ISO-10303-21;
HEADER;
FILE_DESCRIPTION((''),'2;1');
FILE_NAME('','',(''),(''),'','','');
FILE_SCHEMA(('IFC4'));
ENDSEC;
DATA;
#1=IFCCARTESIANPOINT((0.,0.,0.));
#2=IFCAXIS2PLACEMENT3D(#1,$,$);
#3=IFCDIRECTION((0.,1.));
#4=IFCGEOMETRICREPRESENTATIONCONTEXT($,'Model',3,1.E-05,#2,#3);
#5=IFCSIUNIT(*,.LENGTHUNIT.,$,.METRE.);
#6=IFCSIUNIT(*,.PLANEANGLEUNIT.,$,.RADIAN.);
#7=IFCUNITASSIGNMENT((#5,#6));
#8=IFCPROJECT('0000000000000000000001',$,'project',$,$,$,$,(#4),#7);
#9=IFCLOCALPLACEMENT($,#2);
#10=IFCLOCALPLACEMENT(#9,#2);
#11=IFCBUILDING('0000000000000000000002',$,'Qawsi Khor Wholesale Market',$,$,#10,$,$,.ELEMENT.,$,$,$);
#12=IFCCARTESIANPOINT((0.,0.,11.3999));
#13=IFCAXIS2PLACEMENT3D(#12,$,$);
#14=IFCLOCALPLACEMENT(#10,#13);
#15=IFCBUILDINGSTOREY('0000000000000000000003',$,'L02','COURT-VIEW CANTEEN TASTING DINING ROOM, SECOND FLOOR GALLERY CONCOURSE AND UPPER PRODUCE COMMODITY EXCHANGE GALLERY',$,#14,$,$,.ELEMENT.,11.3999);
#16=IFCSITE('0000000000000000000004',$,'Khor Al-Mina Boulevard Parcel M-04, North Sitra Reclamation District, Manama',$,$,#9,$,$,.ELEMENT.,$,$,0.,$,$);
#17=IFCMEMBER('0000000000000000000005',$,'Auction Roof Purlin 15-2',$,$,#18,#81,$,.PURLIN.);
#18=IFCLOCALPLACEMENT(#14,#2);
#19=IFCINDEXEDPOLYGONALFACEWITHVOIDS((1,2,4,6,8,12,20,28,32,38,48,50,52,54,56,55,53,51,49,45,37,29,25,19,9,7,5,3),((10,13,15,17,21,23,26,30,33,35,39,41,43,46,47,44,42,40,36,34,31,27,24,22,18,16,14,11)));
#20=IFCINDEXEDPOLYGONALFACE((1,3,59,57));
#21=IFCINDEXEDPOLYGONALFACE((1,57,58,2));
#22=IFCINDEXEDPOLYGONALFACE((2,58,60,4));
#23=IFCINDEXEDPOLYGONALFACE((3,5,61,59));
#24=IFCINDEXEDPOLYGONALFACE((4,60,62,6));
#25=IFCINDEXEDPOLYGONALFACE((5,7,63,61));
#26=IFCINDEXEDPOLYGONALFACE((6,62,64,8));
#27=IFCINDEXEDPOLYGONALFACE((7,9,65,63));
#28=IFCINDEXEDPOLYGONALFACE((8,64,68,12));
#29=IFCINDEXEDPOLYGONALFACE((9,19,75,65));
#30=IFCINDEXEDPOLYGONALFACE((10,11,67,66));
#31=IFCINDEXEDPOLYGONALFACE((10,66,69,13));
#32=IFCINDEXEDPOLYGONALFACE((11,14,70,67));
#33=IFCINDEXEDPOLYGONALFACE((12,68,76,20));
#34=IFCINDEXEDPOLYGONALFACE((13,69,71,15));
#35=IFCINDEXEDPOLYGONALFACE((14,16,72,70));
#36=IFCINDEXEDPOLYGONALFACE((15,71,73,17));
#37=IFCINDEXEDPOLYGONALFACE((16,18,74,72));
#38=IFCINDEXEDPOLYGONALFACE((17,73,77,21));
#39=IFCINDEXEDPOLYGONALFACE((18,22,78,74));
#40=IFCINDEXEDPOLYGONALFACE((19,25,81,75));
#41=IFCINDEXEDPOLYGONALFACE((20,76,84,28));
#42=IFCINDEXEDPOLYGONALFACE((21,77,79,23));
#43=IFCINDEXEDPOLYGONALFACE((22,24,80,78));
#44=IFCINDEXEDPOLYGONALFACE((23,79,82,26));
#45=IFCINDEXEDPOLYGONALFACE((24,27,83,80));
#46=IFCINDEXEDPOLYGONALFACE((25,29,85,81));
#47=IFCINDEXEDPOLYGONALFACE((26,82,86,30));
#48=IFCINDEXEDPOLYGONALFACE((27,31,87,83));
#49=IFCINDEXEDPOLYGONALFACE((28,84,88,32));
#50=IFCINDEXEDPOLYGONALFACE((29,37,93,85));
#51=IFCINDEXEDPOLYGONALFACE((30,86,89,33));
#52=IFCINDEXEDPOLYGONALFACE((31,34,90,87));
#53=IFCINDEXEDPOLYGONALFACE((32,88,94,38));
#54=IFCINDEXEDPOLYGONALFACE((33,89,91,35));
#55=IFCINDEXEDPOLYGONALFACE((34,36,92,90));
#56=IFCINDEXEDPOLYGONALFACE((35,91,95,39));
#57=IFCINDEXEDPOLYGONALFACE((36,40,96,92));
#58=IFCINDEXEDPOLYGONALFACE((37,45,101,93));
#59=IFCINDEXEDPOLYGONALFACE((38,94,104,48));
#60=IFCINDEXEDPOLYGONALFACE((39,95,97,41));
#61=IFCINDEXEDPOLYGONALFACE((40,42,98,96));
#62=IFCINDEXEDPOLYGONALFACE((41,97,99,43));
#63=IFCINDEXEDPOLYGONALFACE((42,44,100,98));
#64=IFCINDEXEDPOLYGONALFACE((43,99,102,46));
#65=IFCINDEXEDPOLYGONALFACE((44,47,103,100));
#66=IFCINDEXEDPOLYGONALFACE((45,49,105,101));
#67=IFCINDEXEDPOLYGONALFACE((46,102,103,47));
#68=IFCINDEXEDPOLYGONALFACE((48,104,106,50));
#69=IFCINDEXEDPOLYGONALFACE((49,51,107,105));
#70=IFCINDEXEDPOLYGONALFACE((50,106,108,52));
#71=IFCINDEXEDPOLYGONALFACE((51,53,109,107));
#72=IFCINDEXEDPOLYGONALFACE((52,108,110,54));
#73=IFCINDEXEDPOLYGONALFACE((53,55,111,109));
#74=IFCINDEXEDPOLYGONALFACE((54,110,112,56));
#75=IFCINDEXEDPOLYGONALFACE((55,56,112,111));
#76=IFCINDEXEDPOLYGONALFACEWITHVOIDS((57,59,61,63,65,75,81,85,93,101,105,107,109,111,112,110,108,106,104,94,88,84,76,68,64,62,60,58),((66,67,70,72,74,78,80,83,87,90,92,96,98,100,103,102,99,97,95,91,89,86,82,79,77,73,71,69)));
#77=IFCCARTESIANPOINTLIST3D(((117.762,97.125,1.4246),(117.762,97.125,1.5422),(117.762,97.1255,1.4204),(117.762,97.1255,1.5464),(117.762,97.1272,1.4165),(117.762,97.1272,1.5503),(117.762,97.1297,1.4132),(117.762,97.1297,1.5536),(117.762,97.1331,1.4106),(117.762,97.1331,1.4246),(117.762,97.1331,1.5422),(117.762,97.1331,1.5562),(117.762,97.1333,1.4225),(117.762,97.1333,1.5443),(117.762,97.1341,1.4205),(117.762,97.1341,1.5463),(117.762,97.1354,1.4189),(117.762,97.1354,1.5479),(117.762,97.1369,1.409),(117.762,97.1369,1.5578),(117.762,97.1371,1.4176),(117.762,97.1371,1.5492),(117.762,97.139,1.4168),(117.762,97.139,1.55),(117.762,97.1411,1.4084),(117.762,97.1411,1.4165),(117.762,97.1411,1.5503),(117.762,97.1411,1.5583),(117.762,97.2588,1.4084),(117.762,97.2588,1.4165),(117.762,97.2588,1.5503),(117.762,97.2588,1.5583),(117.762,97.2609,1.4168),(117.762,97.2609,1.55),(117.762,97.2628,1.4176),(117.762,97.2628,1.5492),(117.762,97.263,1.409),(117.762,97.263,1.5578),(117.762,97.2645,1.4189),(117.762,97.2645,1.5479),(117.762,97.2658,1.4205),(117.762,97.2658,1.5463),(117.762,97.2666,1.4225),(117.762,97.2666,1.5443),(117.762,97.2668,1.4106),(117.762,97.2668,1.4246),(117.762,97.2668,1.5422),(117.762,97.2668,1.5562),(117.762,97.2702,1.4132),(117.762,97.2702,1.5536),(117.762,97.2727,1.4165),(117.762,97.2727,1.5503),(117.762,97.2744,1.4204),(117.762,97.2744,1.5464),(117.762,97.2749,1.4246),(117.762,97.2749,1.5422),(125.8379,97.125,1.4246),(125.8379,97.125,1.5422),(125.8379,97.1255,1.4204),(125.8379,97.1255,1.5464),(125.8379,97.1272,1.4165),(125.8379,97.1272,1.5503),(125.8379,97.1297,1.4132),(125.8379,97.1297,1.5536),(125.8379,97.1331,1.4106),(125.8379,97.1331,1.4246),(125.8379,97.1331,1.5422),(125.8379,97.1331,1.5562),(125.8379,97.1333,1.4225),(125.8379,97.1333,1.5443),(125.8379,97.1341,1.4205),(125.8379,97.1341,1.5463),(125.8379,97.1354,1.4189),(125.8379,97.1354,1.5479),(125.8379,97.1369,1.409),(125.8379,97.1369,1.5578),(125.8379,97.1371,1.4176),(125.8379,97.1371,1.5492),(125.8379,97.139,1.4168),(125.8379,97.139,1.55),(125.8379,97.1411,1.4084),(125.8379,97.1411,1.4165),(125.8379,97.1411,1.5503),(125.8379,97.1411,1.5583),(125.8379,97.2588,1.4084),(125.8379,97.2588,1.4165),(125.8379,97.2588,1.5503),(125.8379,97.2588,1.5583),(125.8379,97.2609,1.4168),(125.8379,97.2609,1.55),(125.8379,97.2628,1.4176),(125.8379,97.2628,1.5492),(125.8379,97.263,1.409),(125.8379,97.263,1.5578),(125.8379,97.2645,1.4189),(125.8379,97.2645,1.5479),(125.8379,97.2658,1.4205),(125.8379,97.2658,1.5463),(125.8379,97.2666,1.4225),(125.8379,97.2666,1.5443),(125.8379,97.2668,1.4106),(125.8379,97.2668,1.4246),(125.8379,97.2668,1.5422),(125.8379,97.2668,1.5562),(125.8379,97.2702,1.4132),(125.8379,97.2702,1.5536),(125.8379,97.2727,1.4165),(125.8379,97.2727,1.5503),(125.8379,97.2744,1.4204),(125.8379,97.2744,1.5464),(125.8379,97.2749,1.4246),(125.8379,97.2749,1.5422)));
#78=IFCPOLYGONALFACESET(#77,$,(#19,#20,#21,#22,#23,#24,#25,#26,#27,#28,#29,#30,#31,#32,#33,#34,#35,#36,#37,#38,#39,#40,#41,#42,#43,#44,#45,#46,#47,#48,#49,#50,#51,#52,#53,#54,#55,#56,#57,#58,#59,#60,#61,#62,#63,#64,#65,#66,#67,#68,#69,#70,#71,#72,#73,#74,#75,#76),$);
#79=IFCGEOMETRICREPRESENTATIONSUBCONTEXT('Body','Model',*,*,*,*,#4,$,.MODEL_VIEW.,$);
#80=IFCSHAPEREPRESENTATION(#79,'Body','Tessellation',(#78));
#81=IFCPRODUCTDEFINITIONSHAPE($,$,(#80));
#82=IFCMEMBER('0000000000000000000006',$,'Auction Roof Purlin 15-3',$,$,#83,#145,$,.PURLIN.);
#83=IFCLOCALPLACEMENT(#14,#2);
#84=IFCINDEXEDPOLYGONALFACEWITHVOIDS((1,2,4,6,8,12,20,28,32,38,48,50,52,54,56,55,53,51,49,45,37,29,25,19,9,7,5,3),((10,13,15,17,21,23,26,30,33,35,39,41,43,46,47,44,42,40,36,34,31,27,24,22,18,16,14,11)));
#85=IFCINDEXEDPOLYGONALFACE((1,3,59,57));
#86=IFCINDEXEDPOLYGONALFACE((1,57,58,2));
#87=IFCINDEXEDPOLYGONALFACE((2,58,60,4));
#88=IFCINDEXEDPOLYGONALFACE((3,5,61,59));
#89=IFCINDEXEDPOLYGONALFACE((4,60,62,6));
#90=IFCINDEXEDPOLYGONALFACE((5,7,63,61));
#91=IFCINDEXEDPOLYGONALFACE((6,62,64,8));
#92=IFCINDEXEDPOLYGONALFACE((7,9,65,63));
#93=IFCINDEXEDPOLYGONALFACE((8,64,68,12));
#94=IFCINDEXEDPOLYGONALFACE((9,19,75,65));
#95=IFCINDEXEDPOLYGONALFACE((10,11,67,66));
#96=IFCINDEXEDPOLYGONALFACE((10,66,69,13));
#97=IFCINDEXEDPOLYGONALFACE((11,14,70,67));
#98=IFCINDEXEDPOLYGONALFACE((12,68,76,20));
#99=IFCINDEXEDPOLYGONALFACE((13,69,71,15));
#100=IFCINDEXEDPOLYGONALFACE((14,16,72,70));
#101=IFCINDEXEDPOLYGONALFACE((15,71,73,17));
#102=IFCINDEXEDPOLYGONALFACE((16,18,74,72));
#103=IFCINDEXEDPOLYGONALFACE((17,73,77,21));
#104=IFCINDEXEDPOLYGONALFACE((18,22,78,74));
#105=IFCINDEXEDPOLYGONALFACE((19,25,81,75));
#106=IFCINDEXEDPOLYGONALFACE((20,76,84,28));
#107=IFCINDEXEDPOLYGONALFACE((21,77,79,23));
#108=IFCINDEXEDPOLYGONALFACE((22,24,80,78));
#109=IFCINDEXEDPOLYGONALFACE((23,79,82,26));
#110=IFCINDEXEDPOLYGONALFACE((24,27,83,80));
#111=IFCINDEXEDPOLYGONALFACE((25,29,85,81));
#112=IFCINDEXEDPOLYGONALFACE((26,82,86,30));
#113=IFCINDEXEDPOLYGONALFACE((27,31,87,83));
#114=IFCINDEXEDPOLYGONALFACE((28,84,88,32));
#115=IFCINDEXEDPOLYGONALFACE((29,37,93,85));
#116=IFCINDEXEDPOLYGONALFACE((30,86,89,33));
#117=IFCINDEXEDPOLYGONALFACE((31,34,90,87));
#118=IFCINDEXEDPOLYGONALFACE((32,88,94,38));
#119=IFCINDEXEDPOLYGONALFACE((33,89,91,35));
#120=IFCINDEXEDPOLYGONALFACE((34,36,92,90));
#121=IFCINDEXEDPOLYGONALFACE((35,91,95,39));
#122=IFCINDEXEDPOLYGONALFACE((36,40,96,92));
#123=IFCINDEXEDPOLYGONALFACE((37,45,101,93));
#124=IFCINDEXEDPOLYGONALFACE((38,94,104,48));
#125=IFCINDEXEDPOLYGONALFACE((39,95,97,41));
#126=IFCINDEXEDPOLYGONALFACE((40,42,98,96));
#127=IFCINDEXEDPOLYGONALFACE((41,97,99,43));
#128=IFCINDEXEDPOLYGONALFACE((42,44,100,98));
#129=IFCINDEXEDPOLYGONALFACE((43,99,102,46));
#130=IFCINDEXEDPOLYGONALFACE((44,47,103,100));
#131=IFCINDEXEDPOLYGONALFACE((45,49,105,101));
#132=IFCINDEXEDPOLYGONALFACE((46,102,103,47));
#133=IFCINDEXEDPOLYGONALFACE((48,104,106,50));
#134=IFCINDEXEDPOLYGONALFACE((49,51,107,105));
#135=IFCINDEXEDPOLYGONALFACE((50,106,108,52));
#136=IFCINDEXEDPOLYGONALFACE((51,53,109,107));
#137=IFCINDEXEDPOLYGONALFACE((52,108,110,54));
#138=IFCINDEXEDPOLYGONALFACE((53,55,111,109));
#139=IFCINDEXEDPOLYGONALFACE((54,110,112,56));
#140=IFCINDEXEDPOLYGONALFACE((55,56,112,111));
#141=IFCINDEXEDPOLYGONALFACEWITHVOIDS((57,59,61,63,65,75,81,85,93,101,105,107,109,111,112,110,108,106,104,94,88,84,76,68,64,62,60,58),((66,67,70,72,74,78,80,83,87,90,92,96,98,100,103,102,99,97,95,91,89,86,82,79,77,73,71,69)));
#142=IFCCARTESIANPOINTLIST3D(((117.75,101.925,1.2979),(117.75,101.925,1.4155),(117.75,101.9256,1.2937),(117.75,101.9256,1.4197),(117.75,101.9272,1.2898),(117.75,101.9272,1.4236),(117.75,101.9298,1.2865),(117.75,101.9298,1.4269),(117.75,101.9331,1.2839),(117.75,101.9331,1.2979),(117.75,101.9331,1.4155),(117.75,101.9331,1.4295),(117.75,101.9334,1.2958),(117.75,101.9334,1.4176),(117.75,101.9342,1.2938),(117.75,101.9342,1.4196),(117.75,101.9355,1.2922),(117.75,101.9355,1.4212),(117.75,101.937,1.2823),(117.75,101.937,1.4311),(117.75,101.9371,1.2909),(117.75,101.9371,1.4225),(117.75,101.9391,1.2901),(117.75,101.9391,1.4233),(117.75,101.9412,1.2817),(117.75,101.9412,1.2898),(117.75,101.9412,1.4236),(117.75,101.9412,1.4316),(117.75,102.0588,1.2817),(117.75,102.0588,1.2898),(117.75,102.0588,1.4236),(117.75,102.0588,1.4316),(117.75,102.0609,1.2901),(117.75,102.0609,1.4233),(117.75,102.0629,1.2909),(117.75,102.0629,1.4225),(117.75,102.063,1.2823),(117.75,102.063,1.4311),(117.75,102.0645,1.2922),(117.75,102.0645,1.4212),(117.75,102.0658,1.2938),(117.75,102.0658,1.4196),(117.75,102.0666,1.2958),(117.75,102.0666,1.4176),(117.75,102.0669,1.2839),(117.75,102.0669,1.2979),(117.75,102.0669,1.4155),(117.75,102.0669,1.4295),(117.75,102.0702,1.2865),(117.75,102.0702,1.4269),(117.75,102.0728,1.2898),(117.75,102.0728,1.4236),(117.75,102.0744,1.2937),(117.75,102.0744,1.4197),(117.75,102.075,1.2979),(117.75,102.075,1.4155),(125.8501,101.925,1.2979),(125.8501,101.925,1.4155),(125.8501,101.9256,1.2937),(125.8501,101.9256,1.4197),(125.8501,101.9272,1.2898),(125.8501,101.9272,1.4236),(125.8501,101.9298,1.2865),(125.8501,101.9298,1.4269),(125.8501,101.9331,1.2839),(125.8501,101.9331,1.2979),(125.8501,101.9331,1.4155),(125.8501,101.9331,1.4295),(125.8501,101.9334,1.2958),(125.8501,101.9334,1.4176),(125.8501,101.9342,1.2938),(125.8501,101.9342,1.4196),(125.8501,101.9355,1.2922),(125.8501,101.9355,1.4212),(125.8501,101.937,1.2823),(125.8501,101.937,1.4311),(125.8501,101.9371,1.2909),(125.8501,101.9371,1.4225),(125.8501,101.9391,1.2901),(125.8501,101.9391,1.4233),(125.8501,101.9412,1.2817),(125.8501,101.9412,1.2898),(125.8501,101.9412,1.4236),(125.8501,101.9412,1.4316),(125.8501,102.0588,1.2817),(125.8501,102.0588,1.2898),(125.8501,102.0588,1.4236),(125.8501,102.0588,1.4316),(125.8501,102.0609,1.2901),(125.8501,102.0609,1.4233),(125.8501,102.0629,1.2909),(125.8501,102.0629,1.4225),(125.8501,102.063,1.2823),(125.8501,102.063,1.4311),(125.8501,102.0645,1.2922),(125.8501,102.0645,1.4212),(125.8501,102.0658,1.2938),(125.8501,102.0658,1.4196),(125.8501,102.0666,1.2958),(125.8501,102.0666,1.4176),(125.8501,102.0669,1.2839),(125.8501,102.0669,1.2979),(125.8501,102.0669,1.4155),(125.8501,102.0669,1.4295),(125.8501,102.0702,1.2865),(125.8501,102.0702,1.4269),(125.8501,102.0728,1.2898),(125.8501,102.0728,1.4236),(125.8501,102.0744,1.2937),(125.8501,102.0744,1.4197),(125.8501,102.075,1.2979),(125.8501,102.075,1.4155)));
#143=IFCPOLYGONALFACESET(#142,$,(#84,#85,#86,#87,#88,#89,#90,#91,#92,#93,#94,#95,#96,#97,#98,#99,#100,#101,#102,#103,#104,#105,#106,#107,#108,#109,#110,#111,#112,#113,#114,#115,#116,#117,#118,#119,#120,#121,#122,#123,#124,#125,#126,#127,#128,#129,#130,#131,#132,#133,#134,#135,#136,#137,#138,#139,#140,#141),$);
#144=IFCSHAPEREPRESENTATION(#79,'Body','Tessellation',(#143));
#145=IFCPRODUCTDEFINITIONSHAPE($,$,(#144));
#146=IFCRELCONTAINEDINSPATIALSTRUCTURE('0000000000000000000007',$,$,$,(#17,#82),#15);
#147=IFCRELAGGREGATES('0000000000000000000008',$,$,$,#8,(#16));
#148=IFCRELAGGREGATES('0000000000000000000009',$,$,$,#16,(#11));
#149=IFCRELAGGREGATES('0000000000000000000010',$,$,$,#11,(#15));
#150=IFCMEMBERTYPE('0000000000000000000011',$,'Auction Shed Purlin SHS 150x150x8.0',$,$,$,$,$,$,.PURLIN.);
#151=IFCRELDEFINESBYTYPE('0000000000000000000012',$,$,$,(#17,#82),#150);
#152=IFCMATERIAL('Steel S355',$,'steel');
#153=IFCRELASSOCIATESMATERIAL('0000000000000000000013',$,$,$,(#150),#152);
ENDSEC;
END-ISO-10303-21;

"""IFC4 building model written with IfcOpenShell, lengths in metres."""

from ifc_helpers import new_model, si_unit, direction, frame, origin, origin_2d, place, context, subcontext, project, spatial, hollow_rectangle, extrude, material, material_profile, profile_set, type_object, element, save


model = new_model("IFC4")

# Units and contexts
model_context = context("Model", 3, precision=1e-05, world=origin(), true_north=direction((0.0, 1.0)))
body_context = subcontext(model_context, "Body", "Model", "MODEL_VIEW")
ifc_project = project(units=[si_unit("LENGTHUNIT", "METRE"), si_unit("PLANEANGLEUNIT", "RADIAN")], contexts=[model_context])

# Site, building, storey
site_placement = place(None, origin())
site = spatial("IfcSite", under=ifc_project, at=site_placement, Name="Khor Al-Mina Boulevard Parcel M-04, North Sitra Reclamation District, Manama", CompositionType="ELEMENT", RefElevation=0.0)
building_placement = place(site_placement, origin())
building = spatial("IfcBuilding", under=site, at=building_placement, Name="Qawsi Khor Wholesale Market", CompositionType="ELEMENT")
storey_placement = place(building_placement, frame((0.0, 0.0, 11.3999)))
storey = spatial("IfcBuildingStorey", under=building, at=storey_placement, Name="L02", Description="COURT-VIEW CANTEEN TASTING DINING ROOM, SECOND FLOOR GALLERY CONCOURSE AND UPPER PRODUCE COMMODITY EXCHANGE GALLERY", CompositionType="ELEMENT", Elevation=11.3999)

# Members
ifc_material_1 = material(Name="Steel S355", Category="steel")
ifc_material_profile_1 = material_profile(ifc_material_1, hollow_rectangle(XDim=0.1499, YDim=0.1499, WallThickness=0.0081, InnerFilletRadius=0.0081, OuterFilletRadius=0.0161, at=origin_2d()), Name="SHS 150x150x8.0")
ifc_profile_set_1 = profile_set([ifc_material_profile_1], Name="Steel S355")
member_type_1 = type_object("IfcMemberType", Name="Auction Shed Purlin SHS 150x150x8.0", PredefinedType="PURLIN", material=ifc_profile_set_1)
member_1_placement = place(storey_placement, frame((117.762, 97.2, 1.4834), z_axis=(1.0, 0.0, 0.0), x_axis=(0.0, 1.0, 0.0)))
element("IfcMember", 1, at=member_1_placement, inside=storey, type_object=member_type_1, Name="Auction Roof Purlin 15-2", PredefinedType="PURLIN", context=body_context, shape_type="SweptSolid", body=[
    extrude(hollow_rectangle(XDim=0.1499, YDim=0.1499, WallThickness=0.0081, InnerFilletRadius=0.0081, OuterFilletRadius=0.0161, at=origin_2d()), origin(), (0.0, 0.0, 1.0), 8.0759),
])
for number, where, z_axis, x_axis, name in (
    (2, (117.75, 102.0, 1.3567), (1.0, 0.0, 0.0), (0.0, 1.0, 0.0), "Auction Roof Purlin 15-3"),
):
    element("IfcMember", number, at=place(storey_placement, frame(where, z_axis=z_axis, x_axis=x_axis)), inside=storey, type_object=member_type_1, Name=name, PredefinedType="PURLIN", context=body_context, shape_type="SweptSolid", body=[
        extrude(hollow_rectangle(XDim=0.1499, YDim=0.1499, WallThickness=0.0081, InnerFilletRadius=0.0081, OuterFilletRadius=0.0161, at=origin_2d()), origin(), (0.0, 0.0, 1.0), 8.1001),
    ])

save(model, "model.ifc")
